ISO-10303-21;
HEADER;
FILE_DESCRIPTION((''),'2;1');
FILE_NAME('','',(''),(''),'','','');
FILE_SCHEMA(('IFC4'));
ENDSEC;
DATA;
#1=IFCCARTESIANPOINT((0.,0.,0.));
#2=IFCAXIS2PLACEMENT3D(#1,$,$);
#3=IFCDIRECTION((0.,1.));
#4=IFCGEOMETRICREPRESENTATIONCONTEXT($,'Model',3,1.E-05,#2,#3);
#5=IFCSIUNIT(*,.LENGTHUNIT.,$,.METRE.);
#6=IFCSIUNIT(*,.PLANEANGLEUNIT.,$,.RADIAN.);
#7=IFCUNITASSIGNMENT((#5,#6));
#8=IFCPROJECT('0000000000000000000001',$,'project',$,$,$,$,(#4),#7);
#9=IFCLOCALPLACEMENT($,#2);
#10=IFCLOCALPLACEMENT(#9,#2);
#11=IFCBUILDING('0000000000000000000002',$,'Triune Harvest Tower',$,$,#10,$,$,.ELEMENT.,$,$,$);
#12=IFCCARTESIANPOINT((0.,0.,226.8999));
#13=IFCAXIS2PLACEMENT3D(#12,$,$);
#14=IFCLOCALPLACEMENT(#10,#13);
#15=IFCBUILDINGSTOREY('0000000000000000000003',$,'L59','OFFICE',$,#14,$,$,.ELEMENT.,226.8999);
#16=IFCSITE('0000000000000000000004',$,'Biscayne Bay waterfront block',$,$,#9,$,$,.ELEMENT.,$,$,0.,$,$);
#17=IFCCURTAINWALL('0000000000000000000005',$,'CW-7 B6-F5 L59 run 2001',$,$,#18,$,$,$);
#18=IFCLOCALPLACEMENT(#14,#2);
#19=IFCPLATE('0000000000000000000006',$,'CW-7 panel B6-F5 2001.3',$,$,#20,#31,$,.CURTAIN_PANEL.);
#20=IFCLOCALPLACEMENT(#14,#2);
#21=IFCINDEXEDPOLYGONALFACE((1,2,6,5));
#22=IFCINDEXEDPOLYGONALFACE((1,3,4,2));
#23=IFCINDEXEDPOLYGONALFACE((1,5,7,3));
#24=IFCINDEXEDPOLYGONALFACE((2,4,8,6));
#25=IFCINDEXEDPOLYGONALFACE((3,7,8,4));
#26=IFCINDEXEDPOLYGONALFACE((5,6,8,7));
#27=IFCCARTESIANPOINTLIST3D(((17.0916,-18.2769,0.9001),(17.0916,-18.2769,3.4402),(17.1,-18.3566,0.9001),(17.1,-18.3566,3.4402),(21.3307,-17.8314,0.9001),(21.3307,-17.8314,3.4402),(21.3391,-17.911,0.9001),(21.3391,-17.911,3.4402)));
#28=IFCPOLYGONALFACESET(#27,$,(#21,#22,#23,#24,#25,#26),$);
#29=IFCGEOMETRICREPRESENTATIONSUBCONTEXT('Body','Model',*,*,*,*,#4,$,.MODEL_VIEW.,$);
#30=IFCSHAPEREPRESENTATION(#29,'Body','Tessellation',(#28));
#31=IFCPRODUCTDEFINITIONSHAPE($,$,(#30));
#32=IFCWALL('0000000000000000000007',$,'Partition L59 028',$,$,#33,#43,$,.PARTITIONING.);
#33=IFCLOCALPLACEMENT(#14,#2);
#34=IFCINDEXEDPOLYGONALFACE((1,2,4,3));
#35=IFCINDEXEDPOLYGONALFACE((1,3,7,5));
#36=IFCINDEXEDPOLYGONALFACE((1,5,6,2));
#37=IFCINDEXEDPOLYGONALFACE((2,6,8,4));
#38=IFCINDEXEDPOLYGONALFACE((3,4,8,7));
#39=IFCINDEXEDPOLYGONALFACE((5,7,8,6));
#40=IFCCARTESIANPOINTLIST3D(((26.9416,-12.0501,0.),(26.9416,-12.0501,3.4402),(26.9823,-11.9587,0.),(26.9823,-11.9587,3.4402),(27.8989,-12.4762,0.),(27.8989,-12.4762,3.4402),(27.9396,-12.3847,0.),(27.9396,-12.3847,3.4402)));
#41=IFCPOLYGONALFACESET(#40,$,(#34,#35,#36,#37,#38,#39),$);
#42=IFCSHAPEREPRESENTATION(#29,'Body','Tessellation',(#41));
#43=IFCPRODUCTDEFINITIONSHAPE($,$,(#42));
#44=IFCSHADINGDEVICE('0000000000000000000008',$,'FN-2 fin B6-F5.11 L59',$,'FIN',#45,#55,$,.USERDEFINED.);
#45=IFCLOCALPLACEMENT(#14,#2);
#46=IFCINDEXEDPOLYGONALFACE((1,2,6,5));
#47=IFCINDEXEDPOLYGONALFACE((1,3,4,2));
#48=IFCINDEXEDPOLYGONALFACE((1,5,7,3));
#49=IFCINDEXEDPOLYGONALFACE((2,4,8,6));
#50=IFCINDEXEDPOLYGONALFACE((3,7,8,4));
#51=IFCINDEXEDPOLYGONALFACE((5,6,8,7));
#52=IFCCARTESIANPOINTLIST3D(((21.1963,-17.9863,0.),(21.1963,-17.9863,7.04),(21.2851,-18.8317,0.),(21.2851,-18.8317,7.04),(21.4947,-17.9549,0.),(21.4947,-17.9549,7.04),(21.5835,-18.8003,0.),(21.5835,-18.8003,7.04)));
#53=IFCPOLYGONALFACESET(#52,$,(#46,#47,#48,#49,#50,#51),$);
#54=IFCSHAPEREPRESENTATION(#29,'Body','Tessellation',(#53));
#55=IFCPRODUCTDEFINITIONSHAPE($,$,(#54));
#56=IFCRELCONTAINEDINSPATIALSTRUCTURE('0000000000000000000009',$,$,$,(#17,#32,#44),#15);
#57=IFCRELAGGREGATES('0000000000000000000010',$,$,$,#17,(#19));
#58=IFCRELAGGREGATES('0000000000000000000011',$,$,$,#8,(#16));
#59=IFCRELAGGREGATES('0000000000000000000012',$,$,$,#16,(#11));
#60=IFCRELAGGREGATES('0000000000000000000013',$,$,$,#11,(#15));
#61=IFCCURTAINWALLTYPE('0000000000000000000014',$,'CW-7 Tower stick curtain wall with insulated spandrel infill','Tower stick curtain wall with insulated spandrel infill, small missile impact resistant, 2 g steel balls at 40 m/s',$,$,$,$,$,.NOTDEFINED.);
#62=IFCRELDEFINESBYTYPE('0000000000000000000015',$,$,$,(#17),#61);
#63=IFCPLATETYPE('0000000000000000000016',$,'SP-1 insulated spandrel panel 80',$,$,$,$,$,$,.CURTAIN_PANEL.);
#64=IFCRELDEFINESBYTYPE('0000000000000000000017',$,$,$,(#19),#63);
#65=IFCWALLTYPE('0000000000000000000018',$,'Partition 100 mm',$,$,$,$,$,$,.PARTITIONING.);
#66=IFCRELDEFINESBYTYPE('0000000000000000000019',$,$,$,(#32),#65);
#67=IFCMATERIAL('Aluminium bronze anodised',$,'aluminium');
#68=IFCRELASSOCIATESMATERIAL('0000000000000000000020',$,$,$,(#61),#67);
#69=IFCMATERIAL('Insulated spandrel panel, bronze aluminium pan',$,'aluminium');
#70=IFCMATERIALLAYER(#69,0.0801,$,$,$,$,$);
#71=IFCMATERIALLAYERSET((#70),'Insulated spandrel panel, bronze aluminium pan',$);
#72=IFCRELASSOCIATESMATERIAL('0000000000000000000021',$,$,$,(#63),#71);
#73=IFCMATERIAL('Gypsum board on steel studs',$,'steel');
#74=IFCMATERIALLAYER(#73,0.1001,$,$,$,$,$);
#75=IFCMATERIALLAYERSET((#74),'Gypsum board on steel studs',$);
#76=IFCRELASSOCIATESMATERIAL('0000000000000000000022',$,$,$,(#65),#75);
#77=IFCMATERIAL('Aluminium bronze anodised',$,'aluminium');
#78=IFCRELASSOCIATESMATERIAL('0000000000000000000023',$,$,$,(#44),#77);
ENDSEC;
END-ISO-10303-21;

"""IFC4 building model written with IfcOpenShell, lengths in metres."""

from ifc_helpers import new_model, si_unit, direction, frame, frame_2d, origin, origin_2d, place, context, subcontext, project, spatial, rectangle, extrude, source, transform, mapped, material, layer, layer_set, type_object, element, aggregate, save


model = new_model("IFC4")

# Units and contexts
model_context = context("Model", 3, precision=1e-05, world=origin(), true_north=direction((0.0, 1.0)))
body_context = subcontext(model_context, "Body", "Model", "MODEL_VIEW")
ifc_project = project(units=[si_unit("LENGTHUNIT", "METRE"), si_unit("PLANEANGLEUNIT", "RADIAN")], contexts=[model_context])

# Site, building, storey
site_placement = place(None, origin())
site = spatial("IfcSite", under=ifc_project, at=site_placement, Name="Biscayne Bay waterfront block", CompositionType="ELEMENT", RefElevation=0.0)
building_placement = place(site_placement, origin())
building = spatial("IfcBuilding", under=site, at=building_placement, Name="Triune Harvest Tower", CompositionType="ELEMENT")
storey_placement = place(building_placement, frame((0.0, 0.0, 226.8999)))
storey = spatial("IfcBuildingStorey", under=building, at=storey_placement, Name="L59", Description="OFFICE", CompositionType="ELEMENT", Elevation=226.8999)

# Curtain wall
ifc_material_1 = material(Name="Aluminium bronze anodised", Category="aluminium")
curtain_wall_type_1 = type_object("IfcCurtainWallType", Name="CW-7 Tower stick curtain wall with insulated spandrel infill", Description="Tower stick curtain wall with insulated spandrel infill, small missile impact resistant, 2 g steel balls at 40 m/s", PredefinedType="NOTDEFINED", material=ifc_material_1)
curtain_wall_1_placement = place(storey_placement, origin())
curtain_wall_1 = element("IfcCurtainWall", 1, at=curtain_wall_1_placement, inside=storey, type_object=curtain_wall_type_1, Name="CW-7 B6-F5 L59 run 2001")

# Plate
ifc_material_2 = material(Name="Insulated spandrel panel, bronze aluminium pan", Category="aluminium")
ifc_layer_1 = layer(ifc_material_2, 0.0801)
ifc_layer_set_1 = layer_set([ifc_layer_1], Name="Insulated spandrel panel, bronze aluminium pan")
plate_type_1 = type_object("IfcPlateType", Name="SP-1 insulated spandrel panel 80", PredefinedType="CURTAIN_PANEL", material=ifc_layer_set_1)
shared_shape_1 = source(origin(), body_context, "Body", "SweptSolid", [
    extrude(rectangle(XDim=4.2625, YDim=0.0801, at=origin_2d()), origin(), (0.0, 0.0, 1.0), 2.54),
])
plate_1_placement = place(storey_placement, frame((19.2153, -18.094, 0.9001), z_axis=(0.0, 0.0, 1.0), x_axis=(0.994522, 0.104528, 0.0)))
plate_1 = element("IfcPlate", 2, at=plate_1_placement, type_object=plate_type_1, Name="CW-7 panel B6-F5 2001.3", PredefinedType="CURTAIN_PANEL", context=body_context, shape_type="MappedRepresentation", body=[
    mapped(shared_shape_1, transform((0.0, 0.0, 0.0), scale=1.0)),
])
aggregate(curtain_wall_1, [plate_1])

# Wall
ifc_material_3 = material(Name="Gypsum board on steel studs", Category="steel")
ifc_layer_2 = layer(ifc_material_3, 0.1001)
ifc_layer_set_2 = layer_set([ifc_layer_2], Name="Gypsum board on steel studs")
wall_type = type_object("IfcWallType", Name="Partition 100 mm", PredefinedType="PARTITIONING", material=ifc_layer_set_2)
shared_shape_2 = source(origin(), body_context, "Body", "SweptSolid", [
    extrude(rectangle(XDim=1.0479, YDim=0.1001, at=frame_2d((0.5239, 0.0))), origin(), (0.0, 0.0, 1.0), 3.4402),
])
wall_placement = place(storey_placement, frame((26.9619, -12.0044, 0.0), z_axis=(0.0, 0.0, 1.0), x_axis=(0.91361, -0.406592, 0.0)))
element("IfcWall", 3, at=wall_placement, inside=storey, type_object=wall_type, Name="Partition L59 028", PredefinedType="PARTITIONING", context=body_context, shape_type="MappedRepresentation", body=[
    mapped(shared_shape_2, transform((0.0, 0.0, 0.0), scale=1.0)),
])

# Shading device
ifc_material_4 = material(Name="Aluminium bronze anodised", Category="aluminium")
shared_shape_3 = source(origin(), body_context, "Body", "SweptSolid", [
    extrude(rectangle(XDim=0.3, YDim=0.8501, at=origin_2d()), origin(), (0.0, 0.0, 1.0), 7.04),
])
shading_device_placement = place(storey_placement, frame((21.3899, -18.3933, 0.0), z_axis=(0.0, 0.0, 1.0), x_axis=(0.994522, 0.10453, 0.0)))
element("IfcShadingDevice", 4, at=shading_device_placement, inside=storey, material=ifc_material_4, Name="FN-2 fin B6-F5.11 L59", ObjectType="FIN", PredefinedType="USERDEFINED", context=body_context, shape_type="MappedRepresentation", body=[
    mapped(shared_shape_3, transform((0.0, 0.0, 0.0), scale=1.0)),
])

save(model, "model.ifc")
